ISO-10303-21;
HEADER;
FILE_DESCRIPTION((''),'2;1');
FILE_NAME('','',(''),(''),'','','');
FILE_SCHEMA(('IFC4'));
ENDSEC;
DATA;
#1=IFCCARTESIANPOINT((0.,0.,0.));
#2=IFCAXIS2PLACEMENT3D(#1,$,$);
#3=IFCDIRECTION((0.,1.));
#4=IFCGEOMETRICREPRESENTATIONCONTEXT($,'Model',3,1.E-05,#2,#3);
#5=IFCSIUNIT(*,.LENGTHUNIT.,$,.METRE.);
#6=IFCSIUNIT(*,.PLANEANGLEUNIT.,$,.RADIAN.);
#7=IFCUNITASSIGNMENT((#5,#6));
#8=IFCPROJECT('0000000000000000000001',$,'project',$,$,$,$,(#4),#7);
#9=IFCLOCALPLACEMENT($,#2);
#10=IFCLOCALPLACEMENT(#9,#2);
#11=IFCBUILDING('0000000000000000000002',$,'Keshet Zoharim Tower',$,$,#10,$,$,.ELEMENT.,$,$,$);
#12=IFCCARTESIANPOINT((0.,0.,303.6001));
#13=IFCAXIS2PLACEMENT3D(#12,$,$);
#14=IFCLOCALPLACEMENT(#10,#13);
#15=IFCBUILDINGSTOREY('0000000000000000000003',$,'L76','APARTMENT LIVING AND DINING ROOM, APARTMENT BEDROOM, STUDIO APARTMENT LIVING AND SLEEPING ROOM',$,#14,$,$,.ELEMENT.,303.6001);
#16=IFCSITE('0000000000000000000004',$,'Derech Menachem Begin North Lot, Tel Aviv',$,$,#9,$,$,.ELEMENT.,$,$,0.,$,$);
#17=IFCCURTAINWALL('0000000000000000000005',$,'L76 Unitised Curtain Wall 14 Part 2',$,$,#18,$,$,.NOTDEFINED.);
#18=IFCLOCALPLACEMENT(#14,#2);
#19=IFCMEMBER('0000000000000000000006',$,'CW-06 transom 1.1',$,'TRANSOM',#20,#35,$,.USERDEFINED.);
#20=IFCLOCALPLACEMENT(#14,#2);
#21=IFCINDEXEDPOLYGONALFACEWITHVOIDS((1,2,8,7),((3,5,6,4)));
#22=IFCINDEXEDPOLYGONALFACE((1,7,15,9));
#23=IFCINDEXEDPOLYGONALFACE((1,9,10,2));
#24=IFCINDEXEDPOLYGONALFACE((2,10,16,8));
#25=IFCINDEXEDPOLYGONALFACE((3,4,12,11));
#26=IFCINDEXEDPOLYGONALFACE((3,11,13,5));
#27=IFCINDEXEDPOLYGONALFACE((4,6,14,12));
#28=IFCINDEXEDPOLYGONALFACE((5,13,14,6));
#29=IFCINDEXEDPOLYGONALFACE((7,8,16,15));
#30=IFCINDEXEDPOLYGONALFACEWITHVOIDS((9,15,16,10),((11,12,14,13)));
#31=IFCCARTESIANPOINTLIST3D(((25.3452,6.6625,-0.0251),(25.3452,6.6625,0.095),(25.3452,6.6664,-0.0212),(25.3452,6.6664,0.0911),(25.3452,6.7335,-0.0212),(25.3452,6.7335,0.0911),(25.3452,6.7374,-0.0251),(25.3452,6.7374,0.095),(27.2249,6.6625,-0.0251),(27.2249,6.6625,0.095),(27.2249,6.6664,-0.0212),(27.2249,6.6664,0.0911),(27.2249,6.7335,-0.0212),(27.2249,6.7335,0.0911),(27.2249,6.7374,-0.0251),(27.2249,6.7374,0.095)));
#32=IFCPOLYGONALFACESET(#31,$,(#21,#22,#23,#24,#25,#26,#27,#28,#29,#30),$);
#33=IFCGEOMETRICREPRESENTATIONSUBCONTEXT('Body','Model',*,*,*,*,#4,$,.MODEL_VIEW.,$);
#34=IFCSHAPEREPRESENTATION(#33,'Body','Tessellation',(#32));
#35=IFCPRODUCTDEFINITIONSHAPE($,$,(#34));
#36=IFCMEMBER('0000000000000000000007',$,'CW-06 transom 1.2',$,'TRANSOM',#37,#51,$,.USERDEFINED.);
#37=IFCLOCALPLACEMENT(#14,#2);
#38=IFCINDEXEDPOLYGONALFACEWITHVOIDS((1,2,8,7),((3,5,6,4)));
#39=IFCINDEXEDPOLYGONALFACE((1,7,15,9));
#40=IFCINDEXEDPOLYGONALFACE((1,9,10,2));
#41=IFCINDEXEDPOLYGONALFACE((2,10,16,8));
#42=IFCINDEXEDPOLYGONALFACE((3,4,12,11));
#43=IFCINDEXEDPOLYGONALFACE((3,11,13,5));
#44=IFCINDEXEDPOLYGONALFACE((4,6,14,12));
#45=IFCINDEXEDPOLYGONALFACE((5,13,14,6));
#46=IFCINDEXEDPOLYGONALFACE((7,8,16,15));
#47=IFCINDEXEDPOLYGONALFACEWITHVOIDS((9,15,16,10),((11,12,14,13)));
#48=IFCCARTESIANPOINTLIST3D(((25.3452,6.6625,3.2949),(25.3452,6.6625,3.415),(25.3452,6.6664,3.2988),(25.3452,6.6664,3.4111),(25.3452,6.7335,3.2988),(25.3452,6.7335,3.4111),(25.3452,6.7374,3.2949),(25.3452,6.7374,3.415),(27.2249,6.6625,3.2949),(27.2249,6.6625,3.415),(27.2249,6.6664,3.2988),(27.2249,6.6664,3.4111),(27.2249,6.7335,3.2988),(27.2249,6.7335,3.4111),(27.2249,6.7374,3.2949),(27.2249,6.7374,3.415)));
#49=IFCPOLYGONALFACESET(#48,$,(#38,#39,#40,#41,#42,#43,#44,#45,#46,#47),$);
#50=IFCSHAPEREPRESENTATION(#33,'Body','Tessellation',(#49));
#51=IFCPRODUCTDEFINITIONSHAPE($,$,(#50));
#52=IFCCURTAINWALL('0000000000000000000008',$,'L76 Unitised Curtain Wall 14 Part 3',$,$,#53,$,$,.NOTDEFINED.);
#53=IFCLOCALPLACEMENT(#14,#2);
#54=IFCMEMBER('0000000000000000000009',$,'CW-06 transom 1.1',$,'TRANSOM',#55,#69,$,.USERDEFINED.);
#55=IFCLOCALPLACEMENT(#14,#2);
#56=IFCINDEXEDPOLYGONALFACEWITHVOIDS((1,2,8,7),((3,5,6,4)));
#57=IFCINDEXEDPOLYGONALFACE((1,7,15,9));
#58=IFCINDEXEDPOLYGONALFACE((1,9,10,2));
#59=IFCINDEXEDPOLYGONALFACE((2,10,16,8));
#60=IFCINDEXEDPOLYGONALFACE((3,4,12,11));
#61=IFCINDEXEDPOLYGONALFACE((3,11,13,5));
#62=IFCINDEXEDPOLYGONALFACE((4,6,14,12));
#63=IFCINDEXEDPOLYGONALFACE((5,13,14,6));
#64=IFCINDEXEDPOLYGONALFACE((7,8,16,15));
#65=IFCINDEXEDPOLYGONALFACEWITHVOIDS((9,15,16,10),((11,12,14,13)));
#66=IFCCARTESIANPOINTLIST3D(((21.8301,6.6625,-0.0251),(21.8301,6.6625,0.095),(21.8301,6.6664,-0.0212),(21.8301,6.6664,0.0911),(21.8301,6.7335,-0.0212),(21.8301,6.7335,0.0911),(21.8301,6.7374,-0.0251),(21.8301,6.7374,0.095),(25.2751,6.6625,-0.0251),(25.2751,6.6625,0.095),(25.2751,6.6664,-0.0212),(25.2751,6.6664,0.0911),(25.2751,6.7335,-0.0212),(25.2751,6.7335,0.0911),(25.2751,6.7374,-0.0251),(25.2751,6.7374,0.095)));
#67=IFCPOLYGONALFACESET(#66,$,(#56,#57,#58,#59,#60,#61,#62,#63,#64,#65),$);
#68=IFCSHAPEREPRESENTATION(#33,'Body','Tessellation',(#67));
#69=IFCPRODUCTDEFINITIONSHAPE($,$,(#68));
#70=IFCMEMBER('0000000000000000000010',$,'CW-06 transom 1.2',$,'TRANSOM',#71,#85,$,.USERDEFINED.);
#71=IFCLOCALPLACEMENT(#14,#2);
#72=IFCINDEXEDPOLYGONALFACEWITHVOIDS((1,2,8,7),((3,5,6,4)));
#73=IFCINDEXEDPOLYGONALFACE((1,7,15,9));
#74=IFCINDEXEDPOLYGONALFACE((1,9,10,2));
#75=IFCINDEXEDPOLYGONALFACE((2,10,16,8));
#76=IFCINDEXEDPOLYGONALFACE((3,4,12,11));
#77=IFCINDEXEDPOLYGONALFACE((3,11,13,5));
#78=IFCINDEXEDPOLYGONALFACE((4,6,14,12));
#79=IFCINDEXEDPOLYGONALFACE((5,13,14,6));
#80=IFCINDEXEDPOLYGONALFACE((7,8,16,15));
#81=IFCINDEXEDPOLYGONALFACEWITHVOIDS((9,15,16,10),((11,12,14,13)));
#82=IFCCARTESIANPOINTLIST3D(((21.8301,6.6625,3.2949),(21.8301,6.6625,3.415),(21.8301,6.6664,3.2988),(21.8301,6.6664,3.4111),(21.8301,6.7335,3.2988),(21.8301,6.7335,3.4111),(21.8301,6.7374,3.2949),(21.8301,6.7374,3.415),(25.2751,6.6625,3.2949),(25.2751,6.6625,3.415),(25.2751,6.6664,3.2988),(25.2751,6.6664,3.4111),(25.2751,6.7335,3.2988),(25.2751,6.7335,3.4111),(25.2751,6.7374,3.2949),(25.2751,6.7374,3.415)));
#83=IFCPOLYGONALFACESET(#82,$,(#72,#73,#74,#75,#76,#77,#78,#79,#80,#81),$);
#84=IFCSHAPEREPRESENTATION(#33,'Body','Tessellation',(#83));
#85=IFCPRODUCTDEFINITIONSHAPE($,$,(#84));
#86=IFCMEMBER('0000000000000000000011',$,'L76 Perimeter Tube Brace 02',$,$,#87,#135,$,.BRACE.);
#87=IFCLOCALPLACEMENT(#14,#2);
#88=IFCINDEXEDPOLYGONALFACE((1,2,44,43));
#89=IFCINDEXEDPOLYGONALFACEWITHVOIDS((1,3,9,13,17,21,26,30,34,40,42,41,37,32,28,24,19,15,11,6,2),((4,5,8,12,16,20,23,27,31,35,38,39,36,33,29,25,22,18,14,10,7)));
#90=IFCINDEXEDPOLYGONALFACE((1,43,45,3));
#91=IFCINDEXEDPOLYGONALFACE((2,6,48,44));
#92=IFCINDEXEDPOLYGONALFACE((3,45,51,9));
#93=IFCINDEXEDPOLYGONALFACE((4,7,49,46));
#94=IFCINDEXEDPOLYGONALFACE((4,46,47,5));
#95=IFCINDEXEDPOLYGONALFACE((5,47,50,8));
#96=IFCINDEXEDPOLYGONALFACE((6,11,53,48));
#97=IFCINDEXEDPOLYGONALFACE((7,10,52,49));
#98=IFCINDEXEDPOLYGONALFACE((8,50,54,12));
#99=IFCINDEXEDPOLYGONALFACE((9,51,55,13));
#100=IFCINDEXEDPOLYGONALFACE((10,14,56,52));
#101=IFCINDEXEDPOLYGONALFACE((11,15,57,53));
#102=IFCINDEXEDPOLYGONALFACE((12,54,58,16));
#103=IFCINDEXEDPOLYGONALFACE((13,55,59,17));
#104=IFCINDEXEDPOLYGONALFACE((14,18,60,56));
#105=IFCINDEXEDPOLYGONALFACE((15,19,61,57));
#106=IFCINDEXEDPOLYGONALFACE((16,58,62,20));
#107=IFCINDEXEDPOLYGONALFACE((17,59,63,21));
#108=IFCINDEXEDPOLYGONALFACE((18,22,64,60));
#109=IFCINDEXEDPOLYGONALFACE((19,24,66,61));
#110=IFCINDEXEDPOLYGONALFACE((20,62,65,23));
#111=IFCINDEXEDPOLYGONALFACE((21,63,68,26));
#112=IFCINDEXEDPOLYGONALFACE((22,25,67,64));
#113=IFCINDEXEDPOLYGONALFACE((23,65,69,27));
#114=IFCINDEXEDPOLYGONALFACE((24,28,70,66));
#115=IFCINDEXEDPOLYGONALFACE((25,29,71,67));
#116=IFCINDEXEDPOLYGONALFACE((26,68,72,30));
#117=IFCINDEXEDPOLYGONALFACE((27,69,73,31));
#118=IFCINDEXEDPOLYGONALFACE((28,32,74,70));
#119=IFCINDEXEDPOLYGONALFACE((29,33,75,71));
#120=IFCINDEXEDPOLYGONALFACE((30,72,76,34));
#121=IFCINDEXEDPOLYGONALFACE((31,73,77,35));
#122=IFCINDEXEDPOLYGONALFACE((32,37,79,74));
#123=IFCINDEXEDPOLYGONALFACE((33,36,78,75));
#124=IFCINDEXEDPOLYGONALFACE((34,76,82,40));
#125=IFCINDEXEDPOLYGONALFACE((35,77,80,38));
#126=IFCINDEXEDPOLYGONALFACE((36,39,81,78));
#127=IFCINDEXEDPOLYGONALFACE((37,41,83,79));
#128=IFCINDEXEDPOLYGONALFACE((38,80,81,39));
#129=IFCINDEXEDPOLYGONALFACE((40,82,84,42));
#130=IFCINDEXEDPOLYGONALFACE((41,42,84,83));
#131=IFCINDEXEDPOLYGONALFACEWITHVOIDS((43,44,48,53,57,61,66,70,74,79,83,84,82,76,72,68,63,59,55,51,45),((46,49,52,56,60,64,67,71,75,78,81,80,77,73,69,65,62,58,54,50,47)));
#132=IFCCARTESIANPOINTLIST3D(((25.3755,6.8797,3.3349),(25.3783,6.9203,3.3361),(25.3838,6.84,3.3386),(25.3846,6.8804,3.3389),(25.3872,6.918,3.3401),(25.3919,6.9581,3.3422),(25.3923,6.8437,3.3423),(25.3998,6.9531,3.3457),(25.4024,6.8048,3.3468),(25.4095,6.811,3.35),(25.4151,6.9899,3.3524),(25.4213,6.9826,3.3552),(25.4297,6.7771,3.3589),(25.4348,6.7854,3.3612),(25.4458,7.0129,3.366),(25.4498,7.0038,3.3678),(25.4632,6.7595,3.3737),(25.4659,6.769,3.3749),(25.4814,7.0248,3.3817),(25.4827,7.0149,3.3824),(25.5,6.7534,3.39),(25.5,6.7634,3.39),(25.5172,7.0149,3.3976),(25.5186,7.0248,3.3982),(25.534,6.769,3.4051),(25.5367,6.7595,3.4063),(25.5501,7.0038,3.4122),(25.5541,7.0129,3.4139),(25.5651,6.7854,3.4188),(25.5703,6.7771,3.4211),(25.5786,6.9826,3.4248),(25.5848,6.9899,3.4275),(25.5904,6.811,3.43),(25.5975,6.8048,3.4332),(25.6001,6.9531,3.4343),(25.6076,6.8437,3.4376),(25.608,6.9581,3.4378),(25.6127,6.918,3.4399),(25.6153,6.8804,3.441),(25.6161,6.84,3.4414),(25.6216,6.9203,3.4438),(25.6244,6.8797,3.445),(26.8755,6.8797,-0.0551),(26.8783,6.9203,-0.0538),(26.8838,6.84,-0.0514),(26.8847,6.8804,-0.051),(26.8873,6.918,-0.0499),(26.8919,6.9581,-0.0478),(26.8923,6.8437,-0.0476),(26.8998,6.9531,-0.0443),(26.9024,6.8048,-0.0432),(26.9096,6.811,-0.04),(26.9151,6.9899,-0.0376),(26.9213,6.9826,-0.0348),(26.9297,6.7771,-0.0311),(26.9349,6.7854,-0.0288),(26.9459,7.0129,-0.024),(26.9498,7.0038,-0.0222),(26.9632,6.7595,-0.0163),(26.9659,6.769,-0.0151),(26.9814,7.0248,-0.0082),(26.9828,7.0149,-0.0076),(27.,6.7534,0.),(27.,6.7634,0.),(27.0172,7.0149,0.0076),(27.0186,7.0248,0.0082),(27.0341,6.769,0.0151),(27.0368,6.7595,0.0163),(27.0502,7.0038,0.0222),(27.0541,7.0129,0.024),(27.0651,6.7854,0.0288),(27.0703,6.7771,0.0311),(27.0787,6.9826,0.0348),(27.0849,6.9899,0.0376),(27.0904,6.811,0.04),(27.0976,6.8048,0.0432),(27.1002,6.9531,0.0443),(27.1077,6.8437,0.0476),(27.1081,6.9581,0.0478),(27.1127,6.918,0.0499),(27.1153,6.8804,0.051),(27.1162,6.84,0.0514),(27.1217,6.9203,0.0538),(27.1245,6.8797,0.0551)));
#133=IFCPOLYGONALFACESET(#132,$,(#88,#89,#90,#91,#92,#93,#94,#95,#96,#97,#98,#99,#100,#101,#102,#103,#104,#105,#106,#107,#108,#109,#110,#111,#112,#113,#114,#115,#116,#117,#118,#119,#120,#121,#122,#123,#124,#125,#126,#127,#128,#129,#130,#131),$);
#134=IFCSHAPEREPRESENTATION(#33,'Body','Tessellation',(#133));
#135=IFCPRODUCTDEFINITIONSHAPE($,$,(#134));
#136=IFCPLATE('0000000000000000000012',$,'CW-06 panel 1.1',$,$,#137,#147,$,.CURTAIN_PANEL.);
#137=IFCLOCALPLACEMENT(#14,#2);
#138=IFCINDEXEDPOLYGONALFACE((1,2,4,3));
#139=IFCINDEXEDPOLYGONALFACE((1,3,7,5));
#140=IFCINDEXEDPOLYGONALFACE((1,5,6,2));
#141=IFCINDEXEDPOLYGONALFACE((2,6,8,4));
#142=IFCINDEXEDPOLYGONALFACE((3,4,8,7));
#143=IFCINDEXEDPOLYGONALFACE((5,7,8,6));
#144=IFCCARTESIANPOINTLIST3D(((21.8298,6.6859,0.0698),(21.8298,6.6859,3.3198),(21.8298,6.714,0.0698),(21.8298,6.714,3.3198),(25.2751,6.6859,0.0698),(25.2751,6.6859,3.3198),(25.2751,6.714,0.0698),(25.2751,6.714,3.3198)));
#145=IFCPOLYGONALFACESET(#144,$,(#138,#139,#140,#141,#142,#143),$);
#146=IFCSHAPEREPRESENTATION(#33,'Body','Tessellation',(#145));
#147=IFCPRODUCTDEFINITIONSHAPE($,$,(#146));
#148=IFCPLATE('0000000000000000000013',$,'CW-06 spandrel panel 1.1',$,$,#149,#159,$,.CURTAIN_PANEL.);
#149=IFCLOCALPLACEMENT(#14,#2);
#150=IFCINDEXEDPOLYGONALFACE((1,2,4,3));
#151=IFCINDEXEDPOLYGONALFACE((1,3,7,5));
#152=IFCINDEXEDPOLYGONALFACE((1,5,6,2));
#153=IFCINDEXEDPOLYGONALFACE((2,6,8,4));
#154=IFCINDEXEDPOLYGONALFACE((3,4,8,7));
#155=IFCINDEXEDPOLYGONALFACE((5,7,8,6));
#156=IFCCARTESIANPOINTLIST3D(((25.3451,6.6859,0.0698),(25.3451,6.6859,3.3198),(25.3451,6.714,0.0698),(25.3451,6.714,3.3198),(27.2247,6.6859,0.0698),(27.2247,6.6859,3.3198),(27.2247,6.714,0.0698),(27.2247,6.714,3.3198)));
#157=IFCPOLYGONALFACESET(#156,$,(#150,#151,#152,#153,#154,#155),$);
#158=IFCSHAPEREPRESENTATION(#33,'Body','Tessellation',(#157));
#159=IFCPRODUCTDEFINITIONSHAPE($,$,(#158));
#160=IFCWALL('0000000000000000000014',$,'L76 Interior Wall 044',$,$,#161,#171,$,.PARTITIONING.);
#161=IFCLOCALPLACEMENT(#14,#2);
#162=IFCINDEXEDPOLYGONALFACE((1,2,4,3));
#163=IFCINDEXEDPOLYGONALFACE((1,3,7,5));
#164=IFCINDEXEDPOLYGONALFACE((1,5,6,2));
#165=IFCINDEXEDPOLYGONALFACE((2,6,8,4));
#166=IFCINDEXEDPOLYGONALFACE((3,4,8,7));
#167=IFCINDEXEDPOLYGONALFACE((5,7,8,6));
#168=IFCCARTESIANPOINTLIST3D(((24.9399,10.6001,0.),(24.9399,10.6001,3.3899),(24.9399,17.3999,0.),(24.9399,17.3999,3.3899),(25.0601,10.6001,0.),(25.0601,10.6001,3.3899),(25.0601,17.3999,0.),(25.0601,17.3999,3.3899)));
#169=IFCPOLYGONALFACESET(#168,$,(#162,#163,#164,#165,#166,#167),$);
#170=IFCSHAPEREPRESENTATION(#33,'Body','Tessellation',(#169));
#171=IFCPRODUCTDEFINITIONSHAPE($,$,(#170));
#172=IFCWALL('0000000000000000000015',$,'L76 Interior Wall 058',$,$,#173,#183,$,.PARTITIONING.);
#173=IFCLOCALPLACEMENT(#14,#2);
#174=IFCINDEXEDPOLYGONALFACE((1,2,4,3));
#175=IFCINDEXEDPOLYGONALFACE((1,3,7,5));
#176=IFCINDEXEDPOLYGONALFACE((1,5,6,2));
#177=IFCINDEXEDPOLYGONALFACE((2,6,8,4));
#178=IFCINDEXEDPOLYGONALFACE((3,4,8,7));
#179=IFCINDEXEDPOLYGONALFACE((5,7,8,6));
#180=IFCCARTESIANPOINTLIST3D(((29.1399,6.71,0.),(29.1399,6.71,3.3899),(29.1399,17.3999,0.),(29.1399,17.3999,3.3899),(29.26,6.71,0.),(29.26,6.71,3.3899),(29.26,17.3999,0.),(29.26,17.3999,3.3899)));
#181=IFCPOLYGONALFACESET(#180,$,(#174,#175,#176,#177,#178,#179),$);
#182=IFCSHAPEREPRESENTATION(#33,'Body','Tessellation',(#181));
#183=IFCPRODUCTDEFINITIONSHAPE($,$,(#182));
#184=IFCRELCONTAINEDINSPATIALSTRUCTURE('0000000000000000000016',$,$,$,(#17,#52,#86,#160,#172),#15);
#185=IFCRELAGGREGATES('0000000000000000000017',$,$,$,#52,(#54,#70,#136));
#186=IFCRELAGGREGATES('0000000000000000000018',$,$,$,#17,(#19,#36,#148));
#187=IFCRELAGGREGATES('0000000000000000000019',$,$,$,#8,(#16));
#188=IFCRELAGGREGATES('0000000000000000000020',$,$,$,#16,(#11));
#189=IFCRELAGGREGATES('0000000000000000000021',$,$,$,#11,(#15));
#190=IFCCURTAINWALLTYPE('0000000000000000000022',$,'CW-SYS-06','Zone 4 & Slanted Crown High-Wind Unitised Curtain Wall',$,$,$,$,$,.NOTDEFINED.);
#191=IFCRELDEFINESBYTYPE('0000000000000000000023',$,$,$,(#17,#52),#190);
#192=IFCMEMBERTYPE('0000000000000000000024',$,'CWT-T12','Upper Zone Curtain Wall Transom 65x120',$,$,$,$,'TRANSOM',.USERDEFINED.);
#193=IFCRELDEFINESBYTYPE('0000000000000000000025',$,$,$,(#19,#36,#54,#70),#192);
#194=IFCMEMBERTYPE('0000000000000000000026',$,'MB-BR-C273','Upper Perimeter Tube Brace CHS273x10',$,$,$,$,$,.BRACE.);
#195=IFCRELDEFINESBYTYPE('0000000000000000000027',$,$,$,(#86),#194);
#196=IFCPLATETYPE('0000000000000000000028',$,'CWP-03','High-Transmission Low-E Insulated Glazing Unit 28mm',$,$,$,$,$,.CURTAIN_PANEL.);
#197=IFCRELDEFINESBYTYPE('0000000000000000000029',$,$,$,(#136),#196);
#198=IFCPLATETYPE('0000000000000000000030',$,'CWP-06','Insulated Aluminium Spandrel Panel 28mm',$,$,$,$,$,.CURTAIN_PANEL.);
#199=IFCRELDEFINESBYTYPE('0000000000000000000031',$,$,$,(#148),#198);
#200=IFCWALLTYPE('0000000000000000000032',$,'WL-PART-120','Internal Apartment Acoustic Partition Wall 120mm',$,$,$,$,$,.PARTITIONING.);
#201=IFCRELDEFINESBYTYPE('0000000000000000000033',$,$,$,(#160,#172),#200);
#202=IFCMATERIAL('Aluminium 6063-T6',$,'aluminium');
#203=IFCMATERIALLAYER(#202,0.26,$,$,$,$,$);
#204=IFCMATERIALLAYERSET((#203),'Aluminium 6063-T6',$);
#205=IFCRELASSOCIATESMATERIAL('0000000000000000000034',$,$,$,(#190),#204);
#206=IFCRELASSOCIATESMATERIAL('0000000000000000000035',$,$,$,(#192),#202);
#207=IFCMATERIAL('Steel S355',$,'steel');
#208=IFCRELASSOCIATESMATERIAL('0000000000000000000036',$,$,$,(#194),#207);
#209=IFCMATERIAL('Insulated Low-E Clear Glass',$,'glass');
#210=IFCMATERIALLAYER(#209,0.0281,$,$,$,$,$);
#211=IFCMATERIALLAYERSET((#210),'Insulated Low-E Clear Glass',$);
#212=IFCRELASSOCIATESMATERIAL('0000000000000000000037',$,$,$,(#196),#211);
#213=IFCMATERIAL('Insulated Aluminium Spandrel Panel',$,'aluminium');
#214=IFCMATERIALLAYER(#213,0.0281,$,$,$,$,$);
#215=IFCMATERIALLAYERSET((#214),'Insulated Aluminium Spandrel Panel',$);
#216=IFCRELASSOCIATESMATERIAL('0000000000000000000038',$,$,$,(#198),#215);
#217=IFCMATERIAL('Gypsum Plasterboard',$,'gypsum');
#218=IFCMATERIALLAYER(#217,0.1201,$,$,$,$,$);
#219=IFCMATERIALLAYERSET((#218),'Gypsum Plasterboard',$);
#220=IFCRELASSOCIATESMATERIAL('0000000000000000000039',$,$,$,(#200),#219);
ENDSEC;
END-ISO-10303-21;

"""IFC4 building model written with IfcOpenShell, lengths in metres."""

from ifc_helpers import new_model, si_unit, direction, frame, frame_2d, origin, origin_2d, place, context, subcontext, project, spatial, rectangle, hollow_rectangle, hollow_circle, extrude, material, layer, layer_set, material_profile, profile_set, type_object, element, aggregate, save


model = new_model("IFC4")

# Units and contexts
model_context = context("Model", 3, precision=1e-05, world=origin(), true_north=direction((0.0, 1.0)))
body_context = subcontext(model_context, "Body", "Model", "MODEL_VIEW")
ifc_project = project(units=[si_unit("LENGTHUNIT", "METRE"), si_unit("PLANEANGLEUNIT", "RADIAN")], contexts=[model_context])

# Site, building, storey
site_placement = place(None, origin())
site = spatial("IfcSite", under=ifc_project, at=site_placement, Name="Derech Menachem Begin North Lot, Tel Aviv", CompositionType="ELEMENT", RefElevation=0.0)
building_placement = place(site_placement, origin())
building = spatial("IfcBuilding", under=site, at=building_placement, Name="Keshet Zoharim Tower", CompositionType="ELEMENT")
storey_placement = place(building_placement, frame((0.0, 0.0, 303.6001)))
storey = spatial("IfcBuildingStorey", under=building, at=storey_placement, Name="L76", Description="APARTMENT LIVING AND DINING ROOM, APARTMENT BEDROOM, STUDIO APARTMENT LIVING AND SLEEPING ROOM", CompositionType="ELEMENT", Elevation=303.6001)

# Shared definitions
ifc_material_1 = material(Name="Steel S355", Category="steel")

# Shared definitions
ifc_material_2 = material(Name="Aluminium 6063-T6", Category="aluminium")
ifc_layer_1 = layer(ifc_material_2, 0.26)
ifc_layer_set_1 = layer_set([ifc_layer_1], Name="Aluminium 6063-T6")
curtain_wall_type = type_object("IfcCurtainWallType", Name="CW-SYS-06", Description="Zone 4 & Slanted Crown High-Wind Unitised Curtain Wall", PredefinedType="NOTDEFINED", material=ifc_layer_set_1)

# Curtain walls, members
curtain_wall_1_placement = place(storey_placement, origin())
curtain_wall_1 = element("IfcCurtainWall", 1, at=curtain_wall_1_placement, inside=storey, type_object=curtain_wall_type, Name="L76 Unitised Curtain Wall 14 Part 2", PredefinedType="NOTDEFINED")
ifc_material_profile_1 = material_profile(ifc_material_2, hollow_rectangle(XDim=0.075, YDim=0.1201, WallThickness=0.0039, at=origin_2d()), Name="TRN-75x120")
ifc_profile_set_1 = profile_set([ifc_material_profile_1], Name="Aluminium 6063-T6")
member_type_1 = type_object("IfcMemberType", Name="CWT-T12", Description="Upper Zone Curtain Wall Transom 65x120", ElementType="TRANSOM", PredefinedType="USERDEFINED", material=ifc_profile_set_1)
member_1_placement = place(storey_placement, frame((27.2249, 6.7, 0.0349), z_axis=(-1.0, 0.0, 0.0), x_axis=(0.0, -1.0, 0.0)))
member_1 = element("IfcMember", 2, at=member_1_placement, type_object=member_type_1, Name="CW-06 transom 1.1", ObjectType="TRANSOM", PredefinedType="USERDEFINED", context=body_context, shape_type="SweptSolid", body=[
    extrude(hollow_rectangle(XDim=0.075, YDim=0.1201, WallThickness=0.0039, at=origin_2d()), origin(), (0.0, 0.0, 1.0), 1.8796),
])
member_2_placement = place(storey_placement, frame((27.2249, 6.7, 3.355), z_axis=(-1.0, 0.0, 0.0), x_axis=(0.0, -1.0, 0.0)))
member_2 = element("IfcMember", 3, at=member_2_placement, type_object=member_type_1, Name="CW-06 transom 1.2", ObjectType="TRANSOM", PredefinedType="USERDEFINED", context=body_context, shape_type="SweptSolid", body=[
    extrude(hollow_rectangle(XDim=0.075, YDim=0.1201, WallThickness=0.0039, at=origin_2d()), origin(), (0.0, 0.0, 1.0), 1.8796),
])
curtain_wall_2_placement = place(storey_placement, origin())
curtain_wall_2 = element("IfcCurtainWall", 4, at=curtain_wall_2_placement, inside=storey, type_object=curtain_wall_type, Name="L76 Unitised Curtain Wall 14 Part 3", PredefinedType="NOTDEFINED")
member_3_placement = place(storey_placement, frame((25.2751, 6.7, 0.0349), z_axis=(-1.0, 0.0, 0.0), x_axis=(0.0, -1.0, 0.0)))
member_3 = element("IfcMember", 5, at=member_3_placement, type_object=member_type_1, Name="CW-06 transom 1.1", ObjectType="TRANSOM", PredefinedType="USERDEFINED", context=body_context, shape_type="SweptSolid", body=[
    extrude(hollow_rectangle(XDim=0.075, YDim=0.1201, WallThickness=0.0039, at=origin_2d()), origin(), (0.0, 0.0, 1.0), 3.4451),
])
member_4_placement = place(storey_placement, frame((25.2751, 6.7, 3.355), z_axis=(-1.0, 0.0, 0.0), x_axis=(0.0, -1.0, 0.0)))
member_4 = element("IfcMember", 6, at=member_4_placement, type_object=member_type_1, Name="CW-06 transom 1.2", ObjectType="TRANSOM", PredefinedType="USERDEFINED", context=body_context, shape_type="SweptSolid", body=[
    extrude(hollow_rectangle(XDim=0.075, YDim=0.1201, WallThickness=0.0039, at=origin_2d()), origin(), (0.0, 0.0, 1.0), 3.4451),
])

# Member
ifc_material_profile_2 = material_profile(ifc_material_1, hollow_circle(Radius=0.1365, WallThickness=0.01, at=origin_2d()), Name="CHS273x10")
ifc_profile_set_2 = profile_set([ifc_material_profile_2], Name="Steel S355")
member_type_2 = type_object("IfcMemberType", Name="MB-BR-C273", Description="Upper Perimeter Tube Brace CHS273x10", PredefinedType="BRACE", material=ifc_profile_set_2)
member_5_placement = place(storey_placement, frame((27.0, 6.8899, 0.0), z_axis=(-0.404647, 0.0, 0.914473), x_axis=(0.0, -1.0, 0.0)))
element("IfcMember", 7, at=member_5_placement, inside=storey, type_object=member_type_2, Name="L76 Perimeter Tube Brace 02", PredefinedType="BRACE", context=body_context, shape_type="SweptSolid", body=[
    extrude(hollow_circle(Radius=0.1365, WallThickness=0.01, at=origin_2d()), origin(), (0.0, 0.0, 1.0), 3.707),
])

# Plates
ifc_material_3 = material(Name="Insulated Low-E Clear Glass", Category="glass")
ifc_layer_2 = layer(ifc_material_3, 0.0281)
ifc_layer_set_2 = layer_set([ifc_layer_2], Name="Insulated Low-E Clear Glass")
plate_type_1 = type_object("IfcPlateType", Name="CWP-03", Description="High-Transmission Low-E Insulated Glazing Unit 28mm", PredefinedType="CURTAIN_PANEL", material=ifc_layer_set_2)
plate_1_placement = place(storey_placement, frame((23.5525, 6.7, 0.0698), z_axis=(0.0, 0.0, 1.0), x_axis=(-1.0, 0.0, 0.0)))
plate_1 = element("IfcPlate", 8, at=plate_1_placement, type_object=plate_type_1, Name="CW-06 panel 1.1", PredefinedType="CURTAIN_PANEL", context=body_context, shape_type="SweptSolid", body=[
    extrude(rectangle(XDim=3.4453, YDim=0.0281, at=origin_2d()), origin(), (0.0, 0.0, 1.0), 3.25),
])
aggregate(curtain_wall_2, [member_3, member_4, plate_1])
ifc_material_4 = material(Name="Insulated Aluminium Spandrel Panel", Category="aluminium")
ifc_layer_3 = layer(ifc_material_4, 0.0281)
ifc_layer_set_3 = layer_set([ifc_layer_3], Name="Insulated Aluminium Spandrel Panel")
plate_type_2 = type_object("IfcPlateType", Name="CWP-06", Description="Insulated Aluminium Spandrel Panel 28mm", PredefinedType="CURTAIN_PANEL", material=ifc_layer_set_3)
plate_2_placement = place(storey_placement, frame((26.2849, 6.7, 0.0698), z_axis=(0.0, 0.0, 1.0), x_axis=(-1.0, 0.0, 0.0)))
plate_2 = element("IfcPlate", 9, at=plate_2_placement, type_object=plate_type_2, Name="CW-06 spandrel panel 1.1", PredefinedType="CURTAIN_PANEL", context=body_context, shape_type="SweptSolid", body=[
    extrude(rectangle(XDim=1.8796, YDim=0.0281, at=origin_2d()), origin(), (0.0, 0.0, 1.0), 3.25),
])
aggregate(curtain_wall_1, [member_1, member_2, plate_2])

# Walls
ifc_material_5 = material(Name="Gypsum Plasterboard", Category="gypsum")
ifc_layer_4 = layer(ifc_material_5, 0.1201)
ifc_layer_set_4 = layer_set([ifc_layer_4], Name="Gypsum Plasterboard")
wall_type_1 = type_object("IfcWallType", Name="WL-PART-120", Description="Internal Apartment Acoustic Partition Wall 120mm", PredefinedType="PARTITIONING", material=ifc_layer_set_4)
wall_1_placement = place(storey_placement, frame((25.0, 10.6001, 0.0), z_axis=(0.0, 0.0, 1.0), x_axis=(0.0, 1.0, 0.0)))
element("IfcWall", 10, at=wall_1_placement, inside=storey, type_object=wall_type_1, Name="L76 Interior Wall 044", PredefinedType="PARTITIONING", context=body_context, shape_type="SweptSolid", body=[
    extrude(rectangle(XDim=6.7998, YDim=0.1201, at=frame_2d((3.3999, 0.0))), origin(), (0.0, 0.0, 1.0), 3.3899),
])
wall_2_placement = place(storey_placement, frame((29.2, 6.71, 0.0), z_axis=(0.0, 0.0, 1.0), x_axis=(0.0, 1.0, 0.0)))
element("IfcWall", 11, at=wall_2_placement, inside=storey, type_object=wall_type_1, Name="L76 Interior Wall 058", PredefinedType="PARTITIONING", context=body_context, shape_type="SweptSolid", body=[
    extrude(rectangle(XDim=10.6899, YDim=0.1201, at=frame_2d((5.345, 0.0))), origin(), (0.0, 0.0, 1.0), 3.3899),
])

save(model, "model.ifc")
